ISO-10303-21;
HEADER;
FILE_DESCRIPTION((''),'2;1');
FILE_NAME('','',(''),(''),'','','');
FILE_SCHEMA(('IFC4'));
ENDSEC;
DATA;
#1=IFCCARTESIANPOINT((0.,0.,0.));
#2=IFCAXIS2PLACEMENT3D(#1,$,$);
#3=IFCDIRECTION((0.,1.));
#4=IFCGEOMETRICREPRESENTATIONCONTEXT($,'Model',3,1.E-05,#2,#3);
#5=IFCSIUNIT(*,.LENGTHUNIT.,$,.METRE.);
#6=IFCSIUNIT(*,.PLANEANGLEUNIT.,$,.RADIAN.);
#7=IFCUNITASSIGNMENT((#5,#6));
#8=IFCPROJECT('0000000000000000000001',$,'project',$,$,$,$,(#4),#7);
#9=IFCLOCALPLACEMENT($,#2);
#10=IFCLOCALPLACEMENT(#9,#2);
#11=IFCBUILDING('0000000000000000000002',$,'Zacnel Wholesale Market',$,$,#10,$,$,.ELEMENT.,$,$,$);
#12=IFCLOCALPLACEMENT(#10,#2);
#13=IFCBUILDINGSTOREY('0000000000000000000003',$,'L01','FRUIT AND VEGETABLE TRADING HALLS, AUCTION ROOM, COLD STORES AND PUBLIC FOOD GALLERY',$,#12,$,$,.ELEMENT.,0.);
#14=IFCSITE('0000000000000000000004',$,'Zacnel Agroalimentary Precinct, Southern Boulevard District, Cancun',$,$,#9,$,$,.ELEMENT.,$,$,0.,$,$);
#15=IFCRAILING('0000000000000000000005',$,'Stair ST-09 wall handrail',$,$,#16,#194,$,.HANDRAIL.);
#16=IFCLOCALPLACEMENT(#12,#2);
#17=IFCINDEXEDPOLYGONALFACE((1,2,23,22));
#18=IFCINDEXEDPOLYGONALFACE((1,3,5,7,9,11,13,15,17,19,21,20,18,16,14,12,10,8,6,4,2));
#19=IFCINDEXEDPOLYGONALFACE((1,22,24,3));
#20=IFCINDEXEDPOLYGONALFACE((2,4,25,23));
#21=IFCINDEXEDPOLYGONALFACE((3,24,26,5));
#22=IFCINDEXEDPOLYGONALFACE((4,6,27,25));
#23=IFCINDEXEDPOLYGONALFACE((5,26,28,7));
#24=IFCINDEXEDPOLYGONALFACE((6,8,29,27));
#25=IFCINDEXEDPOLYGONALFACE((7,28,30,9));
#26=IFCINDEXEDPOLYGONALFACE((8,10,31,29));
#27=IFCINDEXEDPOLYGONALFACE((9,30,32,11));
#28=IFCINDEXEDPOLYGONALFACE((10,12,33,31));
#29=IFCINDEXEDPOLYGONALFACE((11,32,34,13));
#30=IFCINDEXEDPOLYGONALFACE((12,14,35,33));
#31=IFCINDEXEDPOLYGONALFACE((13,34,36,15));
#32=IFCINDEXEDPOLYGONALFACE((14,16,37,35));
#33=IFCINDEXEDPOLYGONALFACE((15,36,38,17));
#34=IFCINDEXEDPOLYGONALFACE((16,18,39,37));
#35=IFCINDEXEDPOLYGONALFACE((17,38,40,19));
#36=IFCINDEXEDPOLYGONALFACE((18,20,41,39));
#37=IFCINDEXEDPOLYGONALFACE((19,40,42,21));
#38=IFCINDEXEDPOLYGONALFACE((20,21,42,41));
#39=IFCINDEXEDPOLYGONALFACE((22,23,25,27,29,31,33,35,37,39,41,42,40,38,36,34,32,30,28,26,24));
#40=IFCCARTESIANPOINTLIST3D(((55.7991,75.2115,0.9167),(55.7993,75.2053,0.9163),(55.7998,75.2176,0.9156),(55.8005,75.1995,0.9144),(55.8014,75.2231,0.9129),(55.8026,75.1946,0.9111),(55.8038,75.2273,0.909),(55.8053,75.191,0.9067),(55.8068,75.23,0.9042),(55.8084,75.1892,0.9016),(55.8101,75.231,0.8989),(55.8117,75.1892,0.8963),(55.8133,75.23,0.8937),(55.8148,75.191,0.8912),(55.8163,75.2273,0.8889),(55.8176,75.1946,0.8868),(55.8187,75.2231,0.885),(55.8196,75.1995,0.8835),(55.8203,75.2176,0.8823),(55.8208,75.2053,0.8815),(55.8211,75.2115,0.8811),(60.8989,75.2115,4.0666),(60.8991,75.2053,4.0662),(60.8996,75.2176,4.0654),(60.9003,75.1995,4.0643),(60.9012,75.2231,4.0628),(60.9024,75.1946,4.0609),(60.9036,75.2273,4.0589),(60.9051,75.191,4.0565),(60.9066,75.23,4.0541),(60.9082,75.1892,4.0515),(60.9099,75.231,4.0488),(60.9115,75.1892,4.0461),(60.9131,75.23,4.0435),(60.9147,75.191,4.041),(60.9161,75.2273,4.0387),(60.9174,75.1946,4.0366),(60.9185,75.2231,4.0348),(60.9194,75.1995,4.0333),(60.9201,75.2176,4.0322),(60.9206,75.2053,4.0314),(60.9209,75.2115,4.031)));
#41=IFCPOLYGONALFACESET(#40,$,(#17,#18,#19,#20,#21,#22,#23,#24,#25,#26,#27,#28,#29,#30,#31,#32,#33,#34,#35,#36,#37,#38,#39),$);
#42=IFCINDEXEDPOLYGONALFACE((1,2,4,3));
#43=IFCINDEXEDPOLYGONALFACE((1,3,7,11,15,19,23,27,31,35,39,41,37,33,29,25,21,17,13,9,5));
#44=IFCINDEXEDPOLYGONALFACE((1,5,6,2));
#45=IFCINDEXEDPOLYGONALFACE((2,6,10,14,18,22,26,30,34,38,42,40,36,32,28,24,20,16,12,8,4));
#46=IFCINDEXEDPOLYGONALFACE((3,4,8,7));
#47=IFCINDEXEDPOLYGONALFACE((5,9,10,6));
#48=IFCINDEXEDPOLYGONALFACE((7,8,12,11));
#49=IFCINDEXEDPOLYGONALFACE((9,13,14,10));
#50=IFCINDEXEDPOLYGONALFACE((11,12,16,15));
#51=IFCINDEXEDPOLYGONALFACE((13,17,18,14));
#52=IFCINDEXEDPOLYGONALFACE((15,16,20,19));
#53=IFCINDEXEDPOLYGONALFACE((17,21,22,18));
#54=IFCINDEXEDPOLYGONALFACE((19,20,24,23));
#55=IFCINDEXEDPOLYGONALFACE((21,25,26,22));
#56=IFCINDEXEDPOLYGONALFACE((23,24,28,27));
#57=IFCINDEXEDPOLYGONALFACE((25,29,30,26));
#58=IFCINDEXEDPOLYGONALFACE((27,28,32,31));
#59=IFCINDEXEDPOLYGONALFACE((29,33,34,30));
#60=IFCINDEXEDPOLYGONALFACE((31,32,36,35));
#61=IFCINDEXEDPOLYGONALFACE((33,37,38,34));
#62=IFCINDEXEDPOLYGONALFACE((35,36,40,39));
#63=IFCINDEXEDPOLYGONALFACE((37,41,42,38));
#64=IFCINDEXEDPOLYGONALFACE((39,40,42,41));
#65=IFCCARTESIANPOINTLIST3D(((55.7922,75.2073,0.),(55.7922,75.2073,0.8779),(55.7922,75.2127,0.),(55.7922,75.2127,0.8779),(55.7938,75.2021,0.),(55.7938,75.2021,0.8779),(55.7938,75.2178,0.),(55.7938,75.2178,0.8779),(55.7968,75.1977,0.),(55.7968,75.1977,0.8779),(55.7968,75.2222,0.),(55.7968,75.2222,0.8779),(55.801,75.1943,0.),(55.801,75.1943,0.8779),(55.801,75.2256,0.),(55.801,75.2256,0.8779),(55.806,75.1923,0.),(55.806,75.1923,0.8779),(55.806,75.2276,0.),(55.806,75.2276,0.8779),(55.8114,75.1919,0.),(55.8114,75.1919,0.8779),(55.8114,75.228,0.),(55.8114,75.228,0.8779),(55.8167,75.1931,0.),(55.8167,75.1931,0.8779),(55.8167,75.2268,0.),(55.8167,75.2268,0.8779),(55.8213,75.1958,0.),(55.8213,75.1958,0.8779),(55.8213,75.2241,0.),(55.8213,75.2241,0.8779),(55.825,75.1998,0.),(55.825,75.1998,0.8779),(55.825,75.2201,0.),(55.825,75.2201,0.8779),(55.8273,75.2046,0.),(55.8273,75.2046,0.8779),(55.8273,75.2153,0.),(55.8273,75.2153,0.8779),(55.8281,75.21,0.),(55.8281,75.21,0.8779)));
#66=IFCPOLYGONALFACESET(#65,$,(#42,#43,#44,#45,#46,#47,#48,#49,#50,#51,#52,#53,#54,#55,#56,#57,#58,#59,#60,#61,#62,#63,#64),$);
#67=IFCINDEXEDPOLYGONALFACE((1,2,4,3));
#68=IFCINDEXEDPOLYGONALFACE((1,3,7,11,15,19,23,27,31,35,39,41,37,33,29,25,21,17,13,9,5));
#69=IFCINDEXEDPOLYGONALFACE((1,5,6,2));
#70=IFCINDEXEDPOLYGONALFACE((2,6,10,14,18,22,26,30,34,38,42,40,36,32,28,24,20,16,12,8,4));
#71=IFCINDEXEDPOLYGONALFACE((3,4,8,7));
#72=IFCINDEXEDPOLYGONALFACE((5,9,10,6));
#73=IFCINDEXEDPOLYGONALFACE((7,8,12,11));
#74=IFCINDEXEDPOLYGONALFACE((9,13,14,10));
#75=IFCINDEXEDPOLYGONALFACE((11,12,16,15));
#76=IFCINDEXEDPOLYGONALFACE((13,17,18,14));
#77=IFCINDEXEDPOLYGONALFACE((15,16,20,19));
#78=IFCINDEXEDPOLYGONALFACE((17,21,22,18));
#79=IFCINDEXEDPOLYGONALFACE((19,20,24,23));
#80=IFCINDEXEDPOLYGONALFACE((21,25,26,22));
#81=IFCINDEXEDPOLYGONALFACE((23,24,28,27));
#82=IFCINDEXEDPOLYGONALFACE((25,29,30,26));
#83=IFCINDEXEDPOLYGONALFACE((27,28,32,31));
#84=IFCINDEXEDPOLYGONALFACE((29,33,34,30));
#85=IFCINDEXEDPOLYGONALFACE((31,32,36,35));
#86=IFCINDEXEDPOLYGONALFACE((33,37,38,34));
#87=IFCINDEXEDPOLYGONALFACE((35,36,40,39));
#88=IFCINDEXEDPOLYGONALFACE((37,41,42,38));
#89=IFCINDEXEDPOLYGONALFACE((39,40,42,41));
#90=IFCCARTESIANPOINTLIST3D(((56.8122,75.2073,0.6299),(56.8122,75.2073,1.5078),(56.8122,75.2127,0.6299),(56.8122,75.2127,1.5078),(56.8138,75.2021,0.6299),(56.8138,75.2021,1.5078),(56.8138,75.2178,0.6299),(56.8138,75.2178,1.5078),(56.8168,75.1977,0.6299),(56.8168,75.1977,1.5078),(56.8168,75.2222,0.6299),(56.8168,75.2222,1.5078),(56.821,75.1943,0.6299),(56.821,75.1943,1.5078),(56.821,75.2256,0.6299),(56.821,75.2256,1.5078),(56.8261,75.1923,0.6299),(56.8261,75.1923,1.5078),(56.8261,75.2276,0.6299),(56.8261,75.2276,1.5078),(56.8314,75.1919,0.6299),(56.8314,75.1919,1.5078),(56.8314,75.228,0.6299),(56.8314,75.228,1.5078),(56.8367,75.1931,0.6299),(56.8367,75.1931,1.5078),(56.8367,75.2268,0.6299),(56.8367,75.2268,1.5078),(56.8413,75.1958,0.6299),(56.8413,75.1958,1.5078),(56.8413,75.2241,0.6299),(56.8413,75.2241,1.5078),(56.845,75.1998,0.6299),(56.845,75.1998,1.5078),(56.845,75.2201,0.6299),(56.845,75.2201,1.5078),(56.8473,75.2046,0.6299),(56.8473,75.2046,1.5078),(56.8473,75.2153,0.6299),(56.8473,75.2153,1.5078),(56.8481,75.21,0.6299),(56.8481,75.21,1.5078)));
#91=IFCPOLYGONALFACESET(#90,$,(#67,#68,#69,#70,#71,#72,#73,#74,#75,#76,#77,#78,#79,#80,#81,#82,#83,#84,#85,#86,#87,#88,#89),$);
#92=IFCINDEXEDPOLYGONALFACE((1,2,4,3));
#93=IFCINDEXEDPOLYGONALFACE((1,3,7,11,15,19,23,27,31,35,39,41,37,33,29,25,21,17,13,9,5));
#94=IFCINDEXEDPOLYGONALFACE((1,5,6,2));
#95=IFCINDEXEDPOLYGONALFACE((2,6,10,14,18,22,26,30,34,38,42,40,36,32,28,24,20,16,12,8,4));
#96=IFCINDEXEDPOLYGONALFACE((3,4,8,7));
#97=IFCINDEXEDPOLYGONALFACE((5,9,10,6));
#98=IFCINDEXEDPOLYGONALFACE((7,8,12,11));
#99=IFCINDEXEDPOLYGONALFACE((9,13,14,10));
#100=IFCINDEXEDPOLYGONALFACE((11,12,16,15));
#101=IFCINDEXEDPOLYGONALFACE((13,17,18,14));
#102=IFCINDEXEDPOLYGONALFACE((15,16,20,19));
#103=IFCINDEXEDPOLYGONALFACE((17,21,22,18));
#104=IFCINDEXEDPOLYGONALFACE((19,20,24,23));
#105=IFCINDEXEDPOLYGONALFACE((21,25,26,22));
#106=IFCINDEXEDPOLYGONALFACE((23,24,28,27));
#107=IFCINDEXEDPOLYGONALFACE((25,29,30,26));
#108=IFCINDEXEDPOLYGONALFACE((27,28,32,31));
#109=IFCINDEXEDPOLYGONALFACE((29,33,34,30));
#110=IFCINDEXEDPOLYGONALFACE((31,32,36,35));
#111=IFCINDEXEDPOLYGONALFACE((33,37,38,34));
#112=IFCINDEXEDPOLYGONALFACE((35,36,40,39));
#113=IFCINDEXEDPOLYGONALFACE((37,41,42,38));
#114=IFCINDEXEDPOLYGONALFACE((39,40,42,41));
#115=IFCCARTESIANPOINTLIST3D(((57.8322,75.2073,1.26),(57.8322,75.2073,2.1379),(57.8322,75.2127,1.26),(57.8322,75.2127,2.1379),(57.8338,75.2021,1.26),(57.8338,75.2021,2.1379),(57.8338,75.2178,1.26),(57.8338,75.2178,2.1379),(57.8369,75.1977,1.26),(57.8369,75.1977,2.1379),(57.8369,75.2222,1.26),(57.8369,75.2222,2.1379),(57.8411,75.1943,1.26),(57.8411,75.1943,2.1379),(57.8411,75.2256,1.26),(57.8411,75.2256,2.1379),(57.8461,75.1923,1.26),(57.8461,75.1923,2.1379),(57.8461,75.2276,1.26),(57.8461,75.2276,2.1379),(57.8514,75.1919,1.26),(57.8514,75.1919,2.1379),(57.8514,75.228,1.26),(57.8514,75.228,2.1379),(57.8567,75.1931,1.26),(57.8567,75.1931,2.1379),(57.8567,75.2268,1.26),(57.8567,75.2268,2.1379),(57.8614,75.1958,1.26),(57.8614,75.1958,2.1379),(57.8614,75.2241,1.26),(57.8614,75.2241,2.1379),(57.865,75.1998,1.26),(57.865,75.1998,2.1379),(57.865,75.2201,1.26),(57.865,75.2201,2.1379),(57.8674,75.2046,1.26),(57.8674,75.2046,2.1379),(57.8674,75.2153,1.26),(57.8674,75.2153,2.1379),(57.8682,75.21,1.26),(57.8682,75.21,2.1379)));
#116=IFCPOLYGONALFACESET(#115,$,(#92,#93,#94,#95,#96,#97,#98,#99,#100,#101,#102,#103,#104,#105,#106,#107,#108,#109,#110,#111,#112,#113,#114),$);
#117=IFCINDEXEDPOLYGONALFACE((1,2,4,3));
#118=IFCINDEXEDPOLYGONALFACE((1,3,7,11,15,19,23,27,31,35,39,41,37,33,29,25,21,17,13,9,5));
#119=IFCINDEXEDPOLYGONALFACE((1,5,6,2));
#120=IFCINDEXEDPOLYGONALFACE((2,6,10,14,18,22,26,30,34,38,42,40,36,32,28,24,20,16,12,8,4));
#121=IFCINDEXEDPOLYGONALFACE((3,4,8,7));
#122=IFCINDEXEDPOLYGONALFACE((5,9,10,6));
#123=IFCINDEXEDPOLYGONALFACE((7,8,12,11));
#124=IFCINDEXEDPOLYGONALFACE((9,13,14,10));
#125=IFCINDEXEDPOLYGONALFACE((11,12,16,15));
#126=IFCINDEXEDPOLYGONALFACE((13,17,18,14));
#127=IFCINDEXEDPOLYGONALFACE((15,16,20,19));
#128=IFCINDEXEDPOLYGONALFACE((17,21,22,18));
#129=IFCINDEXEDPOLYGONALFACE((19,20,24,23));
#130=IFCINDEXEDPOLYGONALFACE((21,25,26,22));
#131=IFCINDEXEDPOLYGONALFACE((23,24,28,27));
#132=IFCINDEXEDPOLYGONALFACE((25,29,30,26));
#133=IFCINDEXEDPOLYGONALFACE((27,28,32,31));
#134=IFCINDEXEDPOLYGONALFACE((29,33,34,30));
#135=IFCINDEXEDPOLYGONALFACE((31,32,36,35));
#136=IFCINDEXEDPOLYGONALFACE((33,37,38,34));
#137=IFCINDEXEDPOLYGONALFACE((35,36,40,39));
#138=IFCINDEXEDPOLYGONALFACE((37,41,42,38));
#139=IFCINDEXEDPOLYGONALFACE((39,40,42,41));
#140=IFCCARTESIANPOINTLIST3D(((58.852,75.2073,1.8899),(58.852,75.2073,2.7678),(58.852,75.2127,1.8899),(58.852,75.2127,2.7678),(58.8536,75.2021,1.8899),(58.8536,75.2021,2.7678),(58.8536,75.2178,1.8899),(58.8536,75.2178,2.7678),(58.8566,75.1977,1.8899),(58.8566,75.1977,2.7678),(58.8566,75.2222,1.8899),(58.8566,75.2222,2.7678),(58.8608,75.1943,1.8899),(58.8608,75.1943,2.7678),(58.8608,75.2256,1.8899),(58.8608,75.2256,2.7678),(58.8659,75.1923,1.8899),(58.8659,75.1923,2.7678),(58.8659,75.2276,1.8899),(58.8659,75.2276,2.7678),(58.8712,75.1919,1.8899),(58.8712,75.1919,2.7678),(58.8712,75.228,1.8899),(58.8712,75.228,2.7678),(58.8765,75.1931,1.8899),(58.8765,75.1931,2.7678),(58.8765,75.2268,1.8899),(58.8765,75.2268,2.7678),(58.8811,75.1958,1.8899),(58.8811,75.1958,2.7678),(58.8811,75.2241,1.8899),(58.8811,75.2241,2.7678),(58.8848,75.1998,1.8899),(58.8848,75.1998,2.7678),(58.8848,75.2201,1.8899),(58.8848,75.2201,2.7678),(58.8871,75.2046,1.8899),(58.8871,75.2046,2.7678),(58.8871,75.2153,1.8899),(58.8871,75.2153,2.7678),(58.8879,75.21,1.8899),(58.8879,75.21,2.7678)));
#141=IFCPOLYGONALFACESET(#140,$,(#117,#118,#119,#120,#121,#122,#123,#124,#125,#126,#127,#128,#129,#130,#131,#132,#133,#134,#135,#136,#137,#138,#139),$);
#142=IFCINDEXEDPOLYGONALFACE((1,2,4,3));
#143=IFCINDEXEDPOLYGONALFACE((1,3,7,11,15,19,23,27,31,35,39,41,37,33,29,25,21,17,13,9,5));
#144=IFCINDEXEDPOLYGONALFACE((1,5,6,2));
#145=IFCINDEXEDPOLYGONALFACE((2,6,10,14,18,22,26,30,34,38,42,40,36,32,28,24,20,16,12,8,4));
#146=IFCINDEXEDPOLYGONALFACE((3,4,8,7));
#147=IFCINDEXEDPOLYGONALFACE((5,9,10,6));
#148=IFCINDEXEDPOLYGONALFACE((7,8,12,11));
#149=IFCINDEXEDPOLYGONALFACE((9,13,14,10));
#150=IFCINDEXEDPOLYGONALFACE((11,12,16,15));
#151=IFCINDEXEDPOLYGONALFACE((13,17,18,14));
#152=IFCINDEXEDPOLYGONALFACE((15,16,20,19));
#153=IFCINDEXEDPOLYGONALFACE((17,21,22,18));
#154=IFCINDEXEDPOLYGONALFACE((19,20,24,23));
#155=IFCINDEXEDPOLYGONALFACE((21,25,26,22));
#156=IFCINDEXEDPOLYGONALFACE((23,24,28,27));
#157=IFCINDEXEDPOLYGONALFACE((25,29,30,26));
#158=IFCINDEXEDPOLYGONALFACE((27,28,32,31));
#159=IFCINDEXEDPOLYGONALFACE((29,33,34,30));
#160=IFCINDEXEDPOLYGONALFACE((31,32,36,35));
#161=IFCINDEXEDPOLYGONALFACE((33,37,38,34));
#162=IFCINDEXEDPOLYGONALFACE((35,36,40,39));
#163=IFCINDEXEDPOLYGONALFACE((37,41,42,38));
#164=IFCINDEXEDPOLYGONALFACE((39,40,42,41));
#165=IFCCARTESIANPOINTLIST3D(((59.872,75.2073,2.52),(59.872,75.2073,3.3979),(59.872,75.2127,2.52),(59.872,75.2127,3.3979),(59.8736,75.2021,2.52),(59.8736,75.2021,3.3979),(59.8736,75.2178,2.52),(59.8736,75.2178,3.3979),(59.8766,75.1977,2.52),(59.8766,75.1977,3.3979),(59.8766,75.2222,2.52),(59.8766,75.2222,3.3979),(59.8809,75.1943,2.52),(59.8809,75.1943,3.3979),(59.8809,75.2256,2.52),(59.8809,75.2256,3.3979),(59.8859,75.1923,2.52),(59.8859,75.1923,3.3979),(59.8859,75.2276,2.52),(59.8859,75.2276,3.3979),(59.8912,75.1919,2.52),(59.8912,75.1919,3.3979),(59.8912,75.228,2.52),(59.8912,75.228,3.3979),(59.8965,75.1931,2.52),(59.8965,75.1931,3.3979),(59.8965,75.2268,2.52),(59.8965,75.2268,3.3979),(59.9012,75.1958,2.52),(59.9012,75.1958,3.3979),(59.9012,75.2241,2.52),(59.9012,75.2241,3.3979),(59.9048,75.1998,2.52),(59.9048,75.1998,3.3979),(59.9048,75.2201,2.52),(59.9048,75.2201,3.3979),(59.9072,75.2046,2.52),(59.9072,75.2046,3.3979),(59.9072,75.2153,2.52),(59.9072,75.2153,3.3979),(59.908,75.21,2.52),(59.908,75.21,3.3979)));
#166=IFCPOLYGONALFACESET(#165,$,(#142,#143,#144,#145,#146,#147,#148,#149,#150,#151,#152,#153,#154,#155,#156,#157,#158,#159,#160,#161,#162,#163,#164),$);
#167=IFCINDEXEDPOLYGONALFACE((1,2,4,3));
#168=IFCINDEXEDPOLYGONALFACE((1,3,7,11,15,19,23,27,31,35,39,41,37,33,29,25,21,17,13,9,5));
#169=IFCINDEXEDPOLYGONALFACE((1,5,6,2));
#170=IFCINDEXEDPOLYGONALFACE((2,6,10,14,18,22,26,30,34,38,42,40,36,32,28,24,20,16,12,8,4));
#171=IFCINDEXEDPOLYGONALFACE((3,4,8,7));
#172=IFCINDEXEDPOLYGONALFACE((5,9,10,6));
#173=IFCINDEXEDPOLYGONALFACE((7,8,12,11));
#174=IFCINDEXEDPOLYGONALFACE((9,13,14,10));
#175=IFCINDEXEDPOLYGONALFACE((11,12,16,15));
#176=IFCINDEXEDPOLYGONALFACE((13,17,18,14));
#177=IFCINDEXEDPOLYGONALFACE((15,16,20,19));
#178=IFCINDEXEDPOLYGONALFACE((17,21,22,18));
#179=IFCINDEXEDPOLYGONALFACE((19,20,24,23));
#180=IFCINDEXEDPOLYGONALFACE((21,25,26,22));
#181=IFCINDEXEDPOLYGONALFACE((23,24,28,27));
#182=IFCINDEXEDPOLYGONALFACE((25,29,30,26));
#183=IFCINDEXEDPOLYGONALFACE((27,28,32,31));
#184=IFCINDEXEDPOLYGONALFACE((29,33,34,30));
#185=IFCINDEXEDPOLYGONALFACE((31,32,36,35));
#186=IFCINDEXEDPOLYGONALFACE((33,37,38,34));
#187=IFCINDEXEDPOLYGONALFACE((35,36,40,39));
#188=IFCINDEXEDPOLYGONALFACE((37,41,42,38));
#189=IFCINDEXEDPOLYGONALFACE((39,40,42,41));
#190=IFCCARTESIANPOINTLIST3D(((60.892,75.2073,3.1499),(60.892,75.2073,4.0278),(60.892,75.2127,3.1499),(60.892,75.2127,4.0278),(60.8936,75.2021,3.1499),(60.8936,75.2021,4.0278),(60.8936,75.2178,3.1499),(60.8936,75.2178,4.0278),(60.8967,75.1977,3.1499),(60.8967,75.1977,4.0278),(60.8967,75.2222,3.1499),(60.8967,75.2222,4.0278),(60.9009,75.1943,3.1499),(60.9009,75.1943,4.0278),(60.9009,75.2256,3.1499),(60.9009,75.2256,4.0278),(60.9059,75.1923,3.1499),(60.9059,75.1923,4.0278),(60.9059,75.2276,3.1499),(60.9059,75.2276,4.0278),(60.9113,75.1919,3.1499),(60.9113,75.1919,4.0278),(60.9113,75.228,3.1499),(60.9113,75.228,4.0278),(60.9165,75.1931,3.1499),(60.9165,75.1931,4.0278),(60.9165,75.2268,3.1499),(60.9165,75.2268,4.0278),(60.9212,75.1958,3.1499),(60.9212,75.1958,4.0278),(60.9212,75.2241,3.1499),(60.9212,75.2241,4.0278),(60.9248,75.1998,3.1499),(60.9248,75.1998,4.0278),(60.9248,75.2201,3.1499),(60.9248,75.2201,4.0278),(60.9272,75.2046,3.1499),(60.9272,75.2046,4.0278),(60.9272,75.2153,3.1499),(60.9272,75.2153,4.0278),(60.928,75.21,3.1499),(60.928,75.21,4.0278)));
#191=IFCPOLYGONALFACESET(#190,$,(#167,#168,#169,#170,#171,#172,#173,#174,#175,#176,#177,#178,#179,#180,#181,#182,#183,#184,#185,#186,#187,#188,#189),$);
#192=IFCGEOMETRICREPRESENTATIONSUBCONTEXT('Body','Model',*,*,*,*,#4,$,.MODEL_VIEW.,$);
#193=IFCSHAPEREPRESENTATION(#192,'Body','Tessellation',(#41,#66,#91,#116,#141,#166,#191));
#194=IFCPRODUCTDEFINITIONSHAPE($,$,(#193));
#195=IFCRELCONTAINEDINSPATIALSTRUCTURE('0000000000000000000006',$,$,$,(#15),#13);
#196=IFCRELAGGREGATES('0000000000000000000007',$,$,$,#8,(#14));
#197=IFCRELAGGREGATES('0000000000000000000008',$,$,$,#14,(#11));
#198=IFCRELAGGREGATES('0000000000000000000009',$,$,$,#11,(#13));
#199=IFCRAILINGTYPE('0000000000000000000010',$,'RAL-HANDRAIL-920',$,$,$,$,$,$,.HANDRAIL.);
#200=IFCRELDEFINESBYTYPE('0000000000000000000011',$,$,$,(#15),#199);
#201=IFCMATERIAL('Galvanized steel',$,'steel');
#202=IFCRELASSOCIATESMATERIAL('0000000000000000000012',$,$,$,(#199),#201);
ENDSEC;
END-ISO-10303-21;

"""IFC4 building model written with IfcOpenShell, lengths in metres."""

from ifc_helpers import new_model, si_unit, direction, frame, origin, origin_2d, place, context, subcontext, project, spatial, circle, extrude, material, type_object, element, save


model = new_model("IFC4")

# Units and contexts
model_context = context("Model", 3, precision=1e-05, world=origin(), true_north=direction((0.0, 1.0)))
body_context = subcontext(model_context, "Body", "Model", "MODEL_VIEW")
ifc_project = project(units=[si_unit("LENGTHUNIT", "METRE"), si_unit("PLANEANGLEUNIT", "RADIAN")], contexts=[model_context])

# Site, building, storey
site_placement = place(None, origin())
site = spatial("IfcSite", under=ifc_project, at=site_placement, Name="Zacnel Agroalimentary Precinct, Southern Boulevard District, Cancun", CompositionType="ELEMENT", RefElevation=0.0)
building_placement = place(site_placement, origin())
building = spatial("IfcBuilding", under=site, at=building_placement, Name="Zacnel Wholesale Market", CompositionType="ELEMENT")
storey_placement = place(building_placement, origin())
storey = spatial("IfcBuildingStorey", under=building, at=storey_placement, Name="L01", Description="FRUIT AND VEGETABLE TRADING HALLS, AUCTION ROOM, COLD STORES AND PUBLIC FOOD GALLERY", CompositionType="ELEMENT", Elevation=0.0)

# Railing
ifc_material_1 = material(Name="Galvanized steel", Category="steel")
railing_type_1 = type_object("IfcRailingType", Name="RAL-HANDRAIL-920", PredefinedType="HANDRAIL", material=ifc_material_1)
railing_1_placement = place(storey_placement, frame((55.8101, 75.21, 0.0)))
element("IfcRailing", 1, at=railing_1_placement, inside=storey, type_object=railing_type_1, Name="Stair ST-09 wall handrail", PredefinedType="HANDRAIL", context=body_context, shape_type="SweptSolid", body=[
    extrude(circle(Radius=0.021, at=origin_2d()), frame((0.0, 0.0, 0.8989), z_axis=(0.850799, 0.0, 0.525492), x_axis=(0.0, 1.0, 0.0)), (0.0, 0.0, 1.0), 5.9941),
    extrude(circle(Radius=0.0181, at=origin_2d()), origin(), (0.0, 0.0, 1.0), 0.8779),
    extrude(circle(Radius=0.0181, at=origin_2d()), frame((1.02, 0.0, 0.6299)), (0.0, 0.0, 1.0), 0.8779),
    extrude(circle(Radius=0.0181, at=origin_2d()), frame((2.04, 0.0, 1.26)), (0.0, 0.0, 1.0), 0.8779),
    extrude(circle(Radius=0.0181, at=origin_2d()), frame((3.0598, 0.0, 1.8899)), (0.0, 0.0, 1.0), 0.8779),
    extrude(circle(Radius=0.0181, at=origin_2d()), frame((4.0798, 0.0, 2.52)), (0.0, 0.0, 1.0), 0.8779),
    extrude(circle(Radius=0.0181, at=origin_2d()), frame((5.0999, 0.0, 3.1499)), (0.0, 0.0, 1.0), 0.8779),
])

save(model, "model.ifc")
